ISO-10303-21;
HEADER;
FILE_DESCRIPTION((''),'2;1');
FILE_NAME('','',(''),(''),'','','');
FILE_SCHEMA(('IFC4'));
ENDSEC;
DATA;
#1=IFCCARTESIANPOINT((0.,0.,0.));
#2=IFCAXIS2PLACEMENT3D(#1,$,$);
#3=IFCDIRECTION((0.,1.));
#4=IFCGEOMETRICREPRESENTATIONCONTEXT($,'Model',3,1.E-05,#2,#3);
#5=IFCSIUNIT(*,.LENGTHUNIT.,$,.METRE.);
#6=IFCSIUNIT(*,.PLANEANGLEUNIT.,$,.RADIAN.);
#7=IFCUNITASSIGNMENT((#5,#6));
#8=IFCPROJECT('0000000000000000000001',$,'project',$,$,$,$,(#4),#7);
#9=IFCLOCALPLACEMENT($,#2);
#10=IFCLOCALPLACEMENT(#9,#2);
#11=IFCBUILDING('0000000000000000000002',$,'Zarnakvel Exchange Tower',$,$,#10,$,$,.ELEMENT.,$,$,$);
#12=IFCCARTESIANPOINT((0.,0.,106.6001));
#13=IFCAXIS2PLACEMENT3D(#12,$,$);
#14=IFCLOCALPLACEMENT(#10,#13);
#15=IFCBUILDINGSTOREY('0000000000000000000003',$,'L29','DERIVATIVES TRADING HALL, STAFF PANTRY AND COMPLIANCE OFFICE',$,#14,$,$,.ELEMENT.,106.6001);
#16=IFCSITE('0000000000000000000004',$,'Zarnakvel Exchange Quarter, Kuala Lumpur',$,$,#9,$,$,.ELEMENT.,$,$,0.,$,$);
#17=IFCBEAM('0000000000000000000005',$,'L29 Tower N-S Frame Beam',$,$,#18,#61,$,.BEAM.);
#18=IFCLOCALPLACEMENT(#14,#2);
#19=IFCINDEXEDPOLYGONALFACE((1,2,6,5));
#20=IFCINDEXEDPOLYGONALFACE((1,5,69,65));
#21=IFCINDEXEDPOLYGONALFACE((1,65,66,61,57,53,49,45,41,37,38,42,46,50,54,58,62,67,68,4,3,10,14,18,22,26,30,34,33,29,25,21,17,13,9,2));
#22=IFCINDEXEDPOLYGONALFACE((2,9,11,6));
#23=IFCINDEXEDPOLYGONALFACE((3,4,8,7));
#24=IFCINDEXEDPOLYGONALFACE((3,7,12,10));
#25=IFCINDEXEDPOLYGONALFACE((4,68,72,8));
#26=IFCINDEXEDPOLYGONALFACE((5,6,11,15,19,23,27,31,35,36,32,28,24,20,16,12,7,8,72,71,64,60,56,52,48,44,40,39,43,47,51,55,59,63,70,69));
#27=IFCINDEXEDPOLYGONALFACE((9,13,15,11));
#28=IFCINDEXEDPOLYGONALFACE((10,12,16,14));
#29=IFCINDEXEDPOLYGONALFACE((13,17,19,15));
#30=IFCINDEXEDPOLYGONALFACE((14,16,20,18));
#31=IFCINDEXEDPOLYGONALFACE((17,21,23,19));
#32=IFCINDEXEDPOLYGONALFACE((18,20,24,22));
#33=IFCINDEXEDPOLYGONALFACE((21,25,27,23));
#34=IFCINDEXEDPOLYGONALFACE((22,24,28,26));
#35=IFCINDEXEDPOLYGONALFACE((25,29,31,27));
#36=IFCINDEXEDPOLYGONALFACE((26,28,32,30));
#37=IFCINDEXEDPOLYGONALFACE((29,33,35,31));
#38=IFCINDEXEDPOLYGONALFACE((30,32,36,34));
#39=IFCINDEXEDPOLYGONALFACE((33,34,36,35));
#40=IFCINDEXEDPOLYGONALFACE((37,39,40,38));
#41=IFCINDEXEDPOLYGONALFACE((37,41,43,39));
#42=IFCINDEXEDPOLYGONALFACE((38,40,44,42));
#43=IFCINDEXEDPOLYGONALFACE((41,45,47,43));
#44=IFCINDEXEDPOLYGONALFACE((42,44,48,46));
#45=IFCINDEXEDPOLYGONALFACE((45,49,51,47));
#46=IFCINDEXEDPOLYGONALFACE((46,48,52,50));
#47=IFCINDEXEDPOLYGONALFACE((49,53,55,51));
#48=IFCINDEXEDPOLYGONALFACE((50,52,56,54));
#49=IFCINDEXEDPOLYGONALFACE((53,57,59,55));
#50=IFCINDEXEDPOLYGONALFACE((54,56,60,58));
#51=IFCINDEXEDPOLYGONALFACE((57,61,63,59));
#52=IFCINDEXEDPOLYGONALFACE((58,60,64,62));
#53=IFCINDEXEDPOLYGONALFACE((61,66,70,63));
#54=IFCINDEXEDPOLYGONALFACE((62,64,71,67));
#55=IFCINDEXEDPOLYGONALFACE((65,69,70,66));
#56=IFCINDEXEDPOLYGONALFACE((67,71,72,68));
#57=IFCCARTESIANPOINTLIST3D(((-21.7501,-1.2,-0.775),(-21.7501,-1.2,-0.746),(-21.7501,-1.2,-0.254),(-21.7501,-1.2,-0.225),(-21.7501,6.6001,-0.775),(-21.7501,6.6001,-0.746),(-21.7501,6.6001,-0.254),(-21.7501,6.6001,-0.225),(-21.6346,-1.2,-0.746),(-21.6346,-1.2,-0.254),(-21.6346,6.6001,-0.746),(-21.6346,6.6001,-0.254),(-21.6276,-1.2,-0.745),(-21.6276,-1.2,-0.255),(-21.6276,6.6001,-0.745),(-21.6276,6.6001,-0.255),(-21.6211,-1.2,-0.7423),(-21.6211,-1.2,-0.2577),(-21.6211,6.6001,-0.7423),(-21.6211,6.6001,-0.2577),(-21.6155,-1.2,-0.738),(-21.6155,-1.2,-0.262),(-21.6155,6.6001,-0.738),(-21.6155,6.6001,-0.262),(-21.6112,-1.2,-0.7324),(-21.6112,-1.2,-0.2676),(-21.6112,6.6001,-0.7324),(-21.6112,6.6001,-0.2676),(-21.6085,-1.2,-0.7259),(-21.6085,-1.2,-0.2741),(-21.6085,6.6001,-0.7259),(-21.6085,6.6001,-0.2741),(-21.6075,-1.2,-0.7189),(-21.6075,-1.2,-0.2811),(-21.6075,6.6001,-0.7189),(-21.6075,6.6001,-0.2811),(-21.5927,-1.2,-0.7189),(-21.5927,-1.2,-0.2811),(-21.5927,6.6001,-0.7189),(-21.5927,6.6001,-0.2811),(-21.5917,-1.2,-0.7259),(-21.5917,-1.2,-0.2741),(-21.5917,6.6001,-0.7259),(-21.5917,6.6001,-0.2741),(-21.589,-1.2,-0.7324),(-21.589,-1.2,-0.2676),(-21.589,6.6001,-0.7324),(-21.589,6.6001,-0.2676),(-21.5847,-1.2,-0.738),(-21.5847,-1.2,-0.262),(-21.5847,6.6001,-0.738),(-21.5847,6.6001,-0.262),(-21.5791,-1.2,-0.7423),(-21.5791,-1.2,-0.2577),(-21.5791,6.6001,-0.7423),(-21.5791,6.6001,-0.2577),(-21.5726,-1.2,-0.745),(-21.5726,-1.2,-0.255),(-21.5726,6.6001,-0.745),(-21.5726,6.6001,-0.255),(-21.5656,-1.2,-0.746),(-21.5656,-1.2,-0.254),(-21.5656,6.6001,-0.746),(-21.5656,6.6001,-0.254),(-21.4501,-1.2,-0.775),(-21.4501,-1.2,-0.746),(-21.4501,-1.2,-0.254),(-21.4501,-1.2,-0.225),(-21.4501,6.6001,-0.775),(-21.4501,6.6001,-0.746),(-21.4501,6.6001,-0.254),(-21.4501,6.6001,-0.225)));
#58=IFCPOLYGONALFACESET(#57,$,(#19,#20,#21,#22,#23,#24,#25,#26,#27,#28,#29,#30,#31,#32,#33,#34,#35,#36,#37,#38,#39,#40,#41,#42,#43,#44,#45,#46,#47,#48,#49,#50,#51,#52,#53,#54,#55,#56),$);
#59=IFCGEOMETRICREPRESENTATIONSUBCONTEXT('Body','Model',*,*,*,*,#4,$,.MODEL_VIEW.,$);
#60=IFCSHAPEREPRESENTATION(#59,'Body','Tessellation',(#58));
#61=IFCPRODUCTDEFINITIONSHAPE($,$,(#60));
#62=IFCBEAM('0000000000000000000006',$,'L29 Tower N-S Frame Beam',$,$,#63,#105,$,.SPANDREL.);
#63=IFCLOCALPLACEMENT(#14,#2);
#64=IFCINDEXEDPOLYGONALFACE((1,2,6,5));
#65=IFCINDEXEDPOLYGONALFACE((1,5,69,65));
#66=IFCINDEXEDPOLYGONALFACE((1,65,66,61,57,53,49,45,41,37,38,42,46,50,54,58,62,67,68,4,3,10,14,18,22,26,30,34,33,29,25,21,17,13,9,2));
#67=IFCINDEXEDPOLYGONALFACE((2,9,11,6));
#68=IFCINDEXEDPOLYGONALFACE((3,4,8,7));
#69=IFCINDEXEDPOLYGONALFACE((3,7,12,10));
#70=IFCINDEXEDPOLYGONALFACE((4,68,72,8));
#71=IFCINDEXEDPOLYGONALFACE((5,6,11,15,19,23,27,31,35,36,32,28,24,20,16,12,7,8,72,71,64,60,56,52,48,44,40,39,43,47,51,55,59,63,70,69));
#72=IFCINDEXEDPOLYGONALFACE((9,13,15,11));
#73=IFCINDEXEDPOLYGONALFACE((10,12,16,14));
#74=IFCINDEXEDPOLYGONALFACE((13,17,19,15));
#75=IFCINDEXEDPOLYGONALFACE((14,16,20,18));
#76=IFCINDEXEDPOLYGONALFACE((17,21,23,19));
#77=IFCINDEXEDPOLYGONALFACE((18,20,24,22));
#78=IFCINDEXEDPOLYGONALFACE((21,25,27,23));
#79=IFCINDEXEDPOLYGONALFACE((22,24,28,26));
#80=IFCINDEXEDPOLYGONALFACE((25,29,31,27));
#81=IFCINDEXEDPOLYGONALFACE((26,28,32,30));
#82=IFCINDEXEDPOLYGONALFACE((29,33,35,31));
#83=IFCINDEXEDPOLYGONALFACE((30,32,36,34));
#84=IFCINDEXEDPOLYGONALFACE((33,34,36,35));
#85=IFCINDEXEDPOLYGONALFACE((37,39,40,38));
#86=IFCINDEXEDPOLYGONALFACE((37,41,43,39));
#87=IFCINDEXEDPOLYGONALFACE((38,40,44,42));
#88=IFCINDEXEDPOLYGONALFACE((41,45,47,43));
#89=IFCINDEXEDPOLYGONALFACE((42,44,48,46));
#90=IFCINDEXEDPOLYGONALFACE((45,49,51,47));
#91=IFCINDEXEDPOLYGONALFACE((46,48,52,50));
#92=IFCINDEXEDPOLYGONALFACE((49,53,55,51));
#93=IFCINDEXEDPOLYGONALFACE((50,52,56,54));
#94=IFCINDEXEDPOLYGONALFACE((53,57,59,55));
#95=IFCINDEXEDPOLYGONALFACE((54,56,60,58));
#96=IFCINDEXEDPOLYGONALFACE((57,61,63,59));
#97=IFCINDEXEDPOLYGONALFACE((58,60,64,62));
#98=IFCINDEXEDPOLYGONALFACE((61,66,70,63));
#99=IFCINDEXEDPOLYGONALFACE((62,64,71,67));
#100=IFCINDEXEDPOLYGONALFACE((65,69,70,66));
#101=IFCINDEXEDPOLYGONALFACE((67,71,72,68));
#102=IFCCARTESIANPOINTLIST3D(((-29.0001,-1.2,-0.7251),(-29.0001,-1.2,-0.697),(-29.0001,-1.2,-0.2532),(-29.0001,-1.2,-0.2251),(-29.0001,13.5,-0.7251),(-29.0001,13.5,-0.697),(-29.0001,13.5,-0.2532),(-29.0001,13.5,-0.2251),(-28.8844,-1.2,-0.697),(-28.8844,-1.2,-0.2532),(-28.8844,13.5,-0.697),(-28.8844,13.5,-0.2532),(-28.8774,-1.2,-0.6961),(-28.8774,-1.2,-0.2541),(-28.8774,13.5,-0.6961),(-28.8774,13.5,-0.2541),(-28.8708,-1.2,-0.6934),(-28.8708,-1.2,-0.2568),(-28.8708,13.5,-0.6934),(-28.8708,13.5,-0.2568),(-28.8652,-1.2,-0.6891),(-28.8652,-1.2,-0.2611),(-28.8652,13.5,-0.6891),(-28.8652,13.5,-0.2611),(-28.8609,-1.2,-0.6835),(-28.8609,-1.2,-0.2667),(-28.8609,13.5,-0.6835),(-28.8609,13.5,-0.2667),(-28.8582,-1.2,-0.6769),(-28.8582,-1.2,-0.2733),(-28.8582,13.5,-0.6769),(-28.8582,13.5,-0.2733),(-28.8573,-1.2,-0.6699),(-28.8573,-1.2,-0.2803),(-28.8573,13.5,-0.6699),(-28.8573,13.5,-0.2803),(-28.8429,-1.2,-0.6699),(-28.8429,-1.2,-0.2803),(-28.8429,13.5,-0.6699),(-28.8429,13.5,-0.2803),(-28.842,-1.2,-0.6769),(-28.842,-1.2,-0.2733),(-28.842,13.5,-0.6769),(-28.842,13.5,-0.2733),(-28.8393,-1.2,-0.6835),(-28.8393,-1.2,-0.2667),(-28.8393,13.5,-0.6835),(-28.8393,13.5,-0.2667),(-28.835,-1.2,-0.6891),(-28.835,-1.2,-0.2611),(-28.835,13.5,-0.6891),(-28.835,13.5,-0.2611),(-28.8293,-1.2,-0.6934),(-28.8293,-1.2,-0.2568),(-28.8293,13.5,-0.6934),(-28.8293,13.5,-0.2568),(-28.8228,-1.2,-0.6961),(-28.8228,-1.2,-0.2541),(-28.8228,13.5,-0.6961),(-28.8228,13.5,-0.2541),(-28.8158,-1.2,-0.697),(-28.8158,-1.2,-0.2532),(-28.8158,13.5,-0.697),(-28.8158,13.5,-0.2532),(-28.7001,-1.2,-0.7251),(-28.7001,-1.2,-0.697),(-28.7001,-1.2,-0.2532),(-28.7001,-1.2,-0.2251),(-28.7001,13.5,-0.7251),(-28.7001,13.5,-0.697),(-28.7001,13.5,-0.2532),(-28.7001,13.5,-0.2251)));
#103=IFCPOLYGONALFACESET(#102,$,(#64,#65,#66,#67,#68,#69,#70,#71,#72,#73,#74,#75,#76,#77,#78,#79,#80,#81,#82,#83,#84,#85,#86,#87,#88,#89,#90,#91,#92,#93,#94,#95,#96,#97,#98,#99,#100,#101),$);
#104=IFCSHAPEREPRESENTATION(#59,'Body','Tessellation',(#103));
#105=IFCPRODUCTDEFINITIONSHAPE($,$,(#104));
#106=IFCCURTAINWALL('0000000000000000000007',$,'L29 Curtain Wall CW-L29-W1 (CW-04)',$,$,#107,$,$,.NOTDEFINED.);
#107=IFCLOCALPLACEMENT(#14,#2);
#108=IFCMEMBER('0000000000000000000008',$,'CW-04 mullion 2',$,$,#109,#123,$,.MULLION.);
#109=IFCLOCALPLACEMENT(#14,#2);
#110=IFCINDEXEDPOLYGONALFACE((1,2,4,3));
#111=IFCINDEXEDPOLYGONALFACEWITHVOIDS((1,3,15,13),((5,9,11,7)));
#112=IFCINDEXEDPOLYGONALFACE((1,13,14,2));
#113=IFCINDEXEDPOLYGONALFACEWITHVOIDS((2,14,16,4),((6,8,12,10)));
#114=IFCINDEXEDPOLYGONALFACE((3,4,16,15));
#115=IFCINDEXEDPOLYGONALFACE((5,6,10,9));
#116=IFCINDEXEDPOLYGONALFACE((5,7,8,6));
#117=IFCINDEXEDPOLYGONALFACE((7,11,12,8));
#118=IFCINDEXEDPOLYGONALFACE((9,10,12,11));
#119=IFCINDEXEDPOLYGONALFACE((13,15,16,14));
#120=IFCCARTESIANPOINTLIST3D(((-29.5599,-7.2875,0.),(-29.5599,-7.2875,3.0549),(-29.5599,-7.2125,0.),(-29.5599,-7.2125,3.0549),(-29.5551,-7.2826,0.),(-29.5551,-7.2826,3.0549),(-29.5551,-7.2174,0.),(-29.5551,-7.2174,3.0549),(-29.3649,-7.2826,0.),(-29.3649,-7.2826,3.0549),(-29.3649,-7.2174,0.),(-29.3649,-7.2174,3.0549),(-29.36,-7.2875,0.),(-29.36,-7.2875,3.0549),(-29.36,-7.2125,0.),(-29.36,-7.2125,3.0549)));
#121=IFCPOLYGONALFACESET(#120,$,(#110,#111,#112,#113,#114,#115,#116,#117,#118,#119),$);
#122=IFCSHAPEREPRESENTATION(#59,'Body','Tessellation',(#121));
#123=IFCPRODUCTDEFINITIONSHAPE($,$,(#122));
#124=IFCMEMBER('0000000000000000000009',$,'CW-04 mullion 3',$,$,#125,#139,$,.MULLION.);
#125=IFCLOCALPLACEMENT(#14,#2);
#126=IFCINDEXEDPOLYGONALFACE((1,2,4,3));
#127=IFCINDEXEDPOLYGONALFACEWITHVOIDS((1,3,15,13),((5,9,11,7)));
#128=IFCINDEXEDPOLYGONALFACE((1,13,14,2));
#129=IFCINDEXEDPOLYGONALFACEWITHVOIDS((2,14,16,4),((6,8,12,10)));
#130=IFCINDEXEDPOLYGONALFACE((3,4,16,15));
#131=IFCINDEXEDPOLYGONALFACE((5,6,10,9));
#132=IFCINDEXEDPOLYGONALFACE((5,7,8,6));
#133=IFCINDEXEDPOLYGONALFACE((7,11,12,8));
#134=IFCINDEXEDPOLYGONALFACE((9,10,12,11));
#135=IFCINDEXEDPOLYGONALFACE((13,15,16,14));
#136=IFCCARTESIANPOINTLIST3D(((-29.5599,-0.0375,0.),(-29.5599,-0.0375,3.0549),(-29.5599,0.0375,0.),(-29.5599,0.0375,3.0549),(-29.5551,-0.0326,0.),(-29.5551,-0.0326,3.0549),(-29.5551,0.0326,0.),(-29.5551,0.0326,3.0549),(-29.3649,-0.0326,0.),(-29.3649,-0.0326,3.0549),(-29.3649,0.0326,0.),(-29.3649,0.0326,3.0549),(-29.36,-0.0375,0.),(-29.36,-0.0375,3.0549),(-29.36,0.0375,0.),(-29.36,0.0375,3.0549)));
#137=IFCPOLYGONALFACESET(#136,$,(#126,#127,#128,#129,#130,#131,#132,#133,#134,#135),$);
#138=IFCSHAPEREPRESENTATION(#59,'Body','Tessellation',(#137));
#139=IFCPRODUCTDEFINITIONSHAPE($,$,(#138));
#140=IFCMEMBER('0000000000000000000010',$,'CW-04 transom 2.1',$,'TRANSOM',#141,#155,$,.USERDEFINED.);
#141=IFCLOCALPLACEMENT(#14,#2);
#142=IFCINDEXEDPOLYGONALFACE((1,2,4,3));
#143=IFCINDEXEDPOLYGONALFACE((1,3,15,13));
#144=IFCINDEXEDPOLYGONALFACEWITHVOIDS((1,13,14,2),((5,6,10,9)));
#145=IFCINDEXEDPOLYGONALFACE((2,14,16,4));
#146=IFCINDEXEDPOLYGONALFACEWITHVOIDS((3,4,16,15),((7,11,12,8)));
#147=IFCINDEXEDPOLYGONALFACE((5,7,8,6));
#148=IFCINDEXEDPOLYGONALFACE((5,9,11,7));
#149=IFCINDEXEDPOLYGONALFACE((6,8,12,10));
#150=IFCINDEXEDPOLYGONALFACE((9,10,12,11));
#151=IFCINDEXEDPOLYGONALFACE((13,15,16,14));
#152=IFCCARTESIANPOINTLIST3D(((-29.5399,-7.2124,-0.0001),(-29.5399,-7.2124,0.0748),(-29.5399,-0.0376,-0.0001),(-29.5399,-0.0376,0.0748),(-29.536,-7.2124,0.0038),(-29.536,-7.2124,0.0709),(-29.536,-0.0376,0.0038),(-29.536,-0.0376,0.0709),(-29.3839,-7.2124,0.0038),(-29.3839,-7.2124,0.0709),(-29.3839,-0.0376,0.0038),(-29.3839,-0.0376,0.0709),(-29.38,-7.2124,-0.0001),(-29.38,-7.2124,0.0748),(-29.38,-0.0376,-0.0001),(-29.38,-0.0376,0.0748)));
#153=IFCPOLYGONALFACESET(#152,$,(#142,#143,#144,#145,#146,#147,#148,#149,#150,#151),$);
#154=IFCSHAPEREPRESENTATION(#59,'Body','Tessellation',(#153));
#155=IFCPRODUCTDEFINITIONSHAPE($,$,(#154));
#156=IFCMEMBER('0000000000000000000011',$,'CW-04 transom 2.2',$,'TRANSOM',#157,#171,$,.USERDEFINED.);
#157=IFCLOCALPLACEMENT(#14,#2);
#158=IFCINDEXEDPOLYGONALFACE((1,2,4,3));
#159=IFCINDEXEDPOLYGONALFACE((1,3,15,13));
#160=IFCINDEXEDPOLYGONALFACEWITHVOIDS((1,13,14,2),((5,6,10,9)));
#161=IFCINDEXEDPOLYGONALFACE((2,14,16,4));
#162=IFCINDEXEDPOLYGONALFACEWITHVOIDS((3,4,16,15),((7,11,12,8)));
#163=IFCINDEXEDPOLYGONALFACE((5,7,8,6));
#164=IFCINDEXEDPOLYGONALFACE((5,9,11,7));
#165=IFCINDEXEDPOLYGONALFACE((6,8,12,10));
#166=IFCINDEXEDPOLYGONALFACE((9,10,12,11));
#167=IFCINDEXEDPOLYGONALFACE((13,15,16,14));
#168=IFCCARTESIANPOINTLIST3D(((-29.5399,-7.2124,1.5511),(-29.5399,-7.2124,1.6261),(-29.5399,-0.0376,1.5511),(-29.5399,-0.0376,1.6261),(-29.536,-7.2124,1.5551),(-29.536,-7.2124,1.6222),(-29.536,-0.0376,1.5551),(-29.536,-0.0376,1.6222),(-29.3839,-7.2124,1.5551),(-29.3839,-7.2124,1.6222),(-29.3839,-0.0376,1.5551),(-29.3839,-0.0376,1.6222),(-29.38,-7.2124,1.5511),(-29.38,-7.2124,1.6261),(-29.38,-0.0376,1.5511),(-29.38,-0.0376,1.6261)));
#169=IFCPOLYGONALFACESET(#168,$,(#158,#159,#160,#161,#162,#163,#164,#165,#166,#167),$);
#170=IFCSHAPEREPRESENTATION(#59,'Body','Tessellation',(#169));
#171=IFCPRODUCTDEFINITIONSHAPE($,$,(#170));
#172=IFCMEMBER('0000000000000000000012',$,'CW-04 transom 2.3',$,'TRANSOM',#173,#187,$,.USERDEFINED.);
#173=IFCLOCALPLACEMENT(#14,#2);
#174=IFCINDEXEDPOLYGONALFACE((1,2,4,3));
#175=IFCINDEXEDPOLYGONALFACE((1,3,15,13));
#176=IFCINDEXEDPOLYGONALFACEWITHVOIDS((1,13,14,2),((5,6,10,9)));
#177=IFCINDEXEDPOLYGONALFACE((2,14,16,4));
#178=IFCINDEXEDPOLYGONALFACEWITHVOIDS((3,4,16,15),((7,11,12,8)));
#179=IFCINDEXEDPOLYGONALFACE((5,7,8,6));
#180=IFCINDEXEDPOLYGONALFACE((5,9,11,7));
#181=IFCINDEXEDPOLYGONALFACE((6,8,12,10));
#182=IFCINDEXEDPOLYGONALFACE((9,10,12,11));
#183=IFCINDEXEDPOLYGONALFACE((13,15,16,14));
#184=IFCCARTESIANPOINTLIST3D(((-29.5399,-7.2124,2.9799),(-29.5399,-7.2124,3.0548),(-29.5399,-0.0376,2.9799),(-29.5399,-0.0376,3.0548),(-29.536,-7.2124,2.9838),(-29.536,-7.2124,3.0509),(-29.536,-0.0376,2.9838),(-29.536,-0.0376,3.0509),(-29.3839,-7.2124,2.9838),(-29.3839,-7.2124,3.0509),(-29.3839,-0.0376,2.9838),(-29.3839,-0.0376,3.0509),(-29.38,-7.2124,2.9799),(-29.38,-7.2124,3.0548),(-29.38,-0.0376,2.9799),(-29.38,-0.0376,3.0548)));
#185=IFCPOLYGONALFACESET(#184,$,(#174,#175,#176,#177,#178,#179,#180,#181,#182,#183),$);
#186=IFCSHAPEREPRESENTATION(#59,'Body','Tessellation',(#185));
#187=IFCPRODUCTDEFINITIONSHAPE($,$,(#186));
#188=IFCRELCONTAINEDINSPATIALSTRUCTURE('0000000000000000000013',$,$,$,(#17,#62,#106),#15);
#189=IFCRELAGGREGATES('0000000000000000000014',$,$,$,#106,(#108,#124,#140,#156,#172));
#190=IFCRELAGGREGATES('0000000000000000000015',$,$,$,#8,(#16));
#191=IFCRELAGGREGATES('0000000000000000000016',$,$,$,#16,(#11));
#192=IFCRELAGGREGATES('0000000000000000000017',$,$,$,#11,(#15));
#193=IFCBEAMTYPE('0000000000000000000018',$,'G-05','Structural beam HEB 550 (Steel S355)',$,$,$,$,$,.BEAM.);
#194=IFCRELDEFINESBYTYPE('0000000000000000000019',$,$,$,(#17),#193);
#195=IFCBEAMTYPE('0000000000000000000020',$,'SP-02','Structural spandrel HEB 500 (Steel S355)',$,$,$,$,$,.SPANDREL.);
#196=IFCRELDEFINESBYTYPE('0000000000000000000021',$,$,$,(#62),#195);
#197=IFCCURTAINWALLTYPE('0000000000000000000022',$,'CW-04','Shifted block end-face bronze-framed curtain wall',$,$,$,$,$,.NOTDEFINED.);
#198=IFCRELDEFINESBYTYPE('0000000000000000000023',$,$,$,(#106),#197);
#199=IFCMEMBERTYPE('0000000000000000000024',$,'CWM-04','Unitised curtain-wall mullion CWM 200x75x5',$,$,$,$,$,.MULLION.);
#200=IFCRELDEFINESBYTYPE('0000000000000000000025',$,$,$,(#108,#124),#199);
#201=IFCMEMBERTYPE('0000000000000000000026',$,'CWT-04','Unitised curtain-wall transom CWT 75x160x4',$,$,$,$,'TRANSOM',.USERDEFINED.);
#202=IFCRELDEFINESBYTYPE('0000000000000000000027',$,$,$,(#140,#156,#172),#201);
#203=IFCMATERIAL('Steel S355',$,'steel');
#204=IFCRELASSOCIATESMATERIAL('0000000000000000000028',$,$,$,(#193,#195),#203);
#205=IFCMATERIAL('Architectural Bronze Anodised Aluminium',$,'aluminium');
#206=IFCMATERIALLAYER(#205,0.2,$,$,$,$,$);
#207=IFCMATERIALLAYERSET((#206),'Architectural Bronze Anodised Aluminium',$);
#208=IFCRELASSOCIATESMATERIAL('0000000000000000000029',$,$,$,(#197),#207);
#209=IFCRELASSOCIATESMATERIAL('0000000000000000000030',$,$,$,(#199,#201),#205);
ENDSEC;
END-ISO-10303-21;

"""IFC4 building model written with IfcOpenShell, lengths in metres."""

from ifc_helpers import new_model, si_unit, direction, frame, origin, origin_2d, place, context, subcontext, project, spatial, hollow_rectangle, i_section, extrude, source, transform, mapped, material, layer, layer_set, material_profile, profile_set, type_object, element, aggregate, save


model = new_model("IFC4")

# Units and contexts
model_context = context("Model", 3, precision=1e-05, world=origin(), true_north=direction((0.0, 1.0)))
body_context = subcontext(model_context, "Body", "Model", "MODEL_VIEW")
ifc_project = project(units=[si_unit("LENGTHUNIT", "METRE"), si_unit("PLANEANGLEUNIT", "RADIAN")], contexts=[model_context])

# Site, building, storey
site_placement = place(None, origin())
site = spatial("IfcSite", under=ifc_project, at=site_placement, Name="Zarnakvel Exchange Quarter, Kuala Lumpur", CompositionType="ELEMENT", RefElevation=0.0)
building_placement = place(site_placement, origin())
building = spatial("IfcBuilding", under=site, at=building_placement, Name="Zarnakvel Exchange Tower", CompositionType="ELEMENT")
storey_placement = place(building_placement, frame((0.0, 0.0, 106.6001)))
storey = spatial("IfcBuildingStorey", under=building, at=storey_placement, Name="L29", Description="DERIVATIVES TRADING HALL, STAFF PANTRY AND COMPLIANCE OFFICE", CompositionType="ELEMENT", Elevation=106.6001)

# Shared definitions
ifc_material_1 = material(Name="Steel S355", Category="steel")

# Beams
ifc_material_profile_1 = material_profile(ifc_material_1, i_section(OverallWidth=0.3, OverallDepth=0.55, WebThickness=0.0149, FlangeThickness=0.0291, FilletRadius=0.0271, at=origin_2d()))
ifc_profile_set_1 = profile_set([ifc_material_profile_1], Name="Steel S355")
beam_type_1 = type_object("IfcBeamType", Name="G-05", Description="Structural beam HEB 550 (Steel S355)", PredefinedType="BEAM", material=ifc_profile_set_1)
beam_1_placement = place(storey_placement, frame((-21.6001, -1.2, -0.5), z_axis=(0.0, 1.0, 0.0), x_axis=(-1.0, 0.0, 0.0)))
element("IfcBeam", 1, at=beam_1_placement, inside=storey, type_object=beam_type_1, Name="L29 Tower N-S Frame Beam", PredefinedType="BEAM", context=body_context, shape_type="SweptSolid", body=[
    extrude(i_section(OverallWidth=0.3, OverallDepth=0.55, WebThickness=0.0149, FlangeThickness=0.0291, FilletRadius=0.0271, at=origin_2d()), origin(), (0.0, 0.0, 1.0), 7.8),
])
ifc_material_profile_2 = material_profile(ifc_material_1, i_section(OverallWidth=0.3, OverallDepth=0.5, WebThickness=0.0144, FlangeThickness=0.0281, FilletRadius=0.0271, at=origin_2d()))
ifc_profile_set_2 = profile_set([ifc_material_profile_2], Name="Steel S355")
beam_type_2 = type_object("IfcBeamType", Name="SP-02", Description="Structural spandrel HEB 500 (Steel S355)", PredefinedType="SPANDREL", material=ifc_profile_set_2)
beam_2_placement = place(storey_placement, frame((-28.8501, -1.2, -0.4751), z_axis=(0.0, 1.0, 0.0), x_axis=(-1.0, 0.0, 0.0)))
element("IfcBeam", 2, at=beam_2_placement, inside=storey, type_object=beam_type_2, Name="L29 Tower N-S Frame Beam", PredefinedType="SPANDREL", context=body_context, shape_type="SweptSolid", body=[
    extrude(i_section(OverallWidth=0.3, OverallDepth=0.5, WebThickness=0.0144, FlangeThickness=0.0281, FilletRadius=0.0271, at=origin_2d()), origin(), (0.0, 0.0, 1.0), 14.7),
])

# Curtain wall, members
ifc_material_2 = material(Name="Architectural Bronze Anodised Aluminium", Category="aluminium")
ifc_layer_1 = layer(ifc_material_2, 0.2)
ifc_layer_set_1 = layer_set([ifc_layer_1], Name="Architectural Bronze Anodised Aluminium")
curtain_wall_type = type_object("IfcCurtainWallType", Name="CW-04", Description="Shifted block end-face bronze-framed curtain wall", PredefinedType="NOTDEFINED", material=ifc_layer_set_1)
curtain_wall_placement = place(storey_placement, origin())
curtain_wall = element("IfcCurtainWall", 3, at=curtain_wall_placement, inside=storey, type_object=curtain_wall_type, Name="L29 Curtain Wall CW-L29-W1 (CW-04)", PredefinedType="NOTDEFINED")
ifc_material_profile_3 = material_profile(ifc_material_2, hollow_rectangle(XDim=0.2, YDim=0.075, WallThickness=0.0049, at=origin_2d()))
ifc_profile_set_3 = profile_set([ifc_material_profile_3], Name="Architectural Bronze Anodised Aluminium")
member_type_1 = type_object("IfcMemberType", Name="CWM-04", Description="Unitised curtain-wall mullion CWM 200x75x5", PredefinedType="MULLION", material=ifc_profile_set_3)
shared_shape_1 = source(origin(), body_context, "Body", "SweptSolid", [
    extrude(hollow_rectangle(XDim=0.2, YDim=0.075, WallThickness=0.0049, at=origin_2d()), origin(), (0.0, 0.0, 1.0), 3.0549),
])
member_1_placement = place(storey_placement, frame((-29.46, -7.25, 0.0), z_axis=(0.0, 0.0, 1.0), x_axis=(-1.0, 0.0, 0.0)))
member_1 = element("IfcMember", 4, at=member_1_placement, type_object=member_type_1, Name="CW-04 mullion 2", PredefinedType="MULLION", context=body_context, shape_type="MappedRepresentation", body=[
    mapped(shared_shape_1, transform((0.0, 0.0, 0.0), x_axis=(1.0, 0.0, 0.0), y_axis=(0.0, 1.0, 0.0), z_axis=(0.0, 0.0, 1.0), scale=1.0)),
])
member_2_placement = place(storey_placement, frame((-29.46, 0.0, 0.0), z_axis=(0.0, 0.0, 1.0), x_axis=(-1.0, 0.0, 0.0)))
member_2 = element("IfcMember", 5, at=member_2_placement, type_object=member_type_1, Name="CW-04 mullion 3", PredefinedType="MULLION", context=body_context, shape_type="MappedRepresentation", body=[
    mapped(shared_shape_1, transform((0.0, 0.0, 0.0), x_axis=(1.0, 0.0, 0.0), y_axis=(0.0, 1.0, 0.0), z_axis=(0.0, 0.0, 1.0), scale=1.0)),
])
ifc_material_profile_4 = material_profile(ifc_material_2, hollow_rectangle(XDim=0.1599, YDim=0.075, WallThickness=0.0039, at=origin_2d()))
ifc_profile_set_4 = profile_set([ifc_material_profile_4], Name="Architectural Bronze Anodised Aluminium")
member_type_2 = type_object("IfcMemberType", Name="CWT-04", Description="Unitised curtain-wall transom CWT 75x160x4", ElementType="TRANSOM", PredefinedType="USERDEFINED", material=ifc_profile_set_4)
shared_shape_2 = source(origin(), body_context, "Body", "SweptSolid", [
    extrude(hollow_rectangle(XDim=0.1599, YDim=0.075, WallThickness=0.0039, at=origin_2d()), origin(), (0.0, 0.0, 1.0), 7.1748),
])
member_3_placement = place(storey_placement, frame((-29.46, -7.2124, 0.0374), z_axis=(0.0, 1.0, 0.0), x_axis=(-1.0, 0.0, 0.0)))
member_3 = element("IfcMember", 6, at=member_3_placement, type_object=member_type_2, Name="CW-04 transom 2.1", ObjectType="TRANSOM", PredefinedType="USERDEFINED", context=body_context, shape_type="MappedRepresentation", body=[
    mapped(shared_shape_2, transform((0.0, 0.0, 0.0), x_axis=(1.0, 0.0, 0.0), y_axis=(0.0, 1.0, 0.0), z_axis=(0.0, 0.0, 1.0), scale=1.0)),
])
member_4_placement = place(storey_placement, frame((-29.46, -7.2124, 1.5886), z_axis=(0.0, 1.0, 0.0), x_axis=(-1.0, 0.0, 0.0)))
member_4 = element("IfcMember", 7, at=member_4_placement, type_object=member_type_2, Name="CW-04 transom 2.2", ObjectType="TRANSOM", PredefinedType="USERDEFINED", context=body_context, shape_type="MappedRepresentation", body=[
    mapped(shared_shape_2, transform((0.0, 0.0, 0.0), x_axis=(1.0, 0.0, 0.0), y_axis=(0.0, 1.0, 0.0), z_axis=(0.0, 0.0, 1.0), scale=1.0)),
])
member_5_placement = place(storey_placement, frame((-29.46, -7.2124, 3.0173), z_axis=(0.0, 1.0, 0.0), x_axis=(-1.0, 0.0, 0.0)))
member_5 = element("IfcMember", 8, at=member_5_placement, type_object=member_type_2, Name="CW-04 transom 2.3", ObjectType="TRANSOM", PredefinedType="USERDEFINED", context=body_context, shape_type="MappedRepresentation", body=[
    mapped(shared_shape_2, transform((0.0, 0.0, 0.0), x_axis=(1.0, 0.0, 0.0), y_axis=(0.0, 1.0, 0.0), z_axis=(0.0, 0.0, 1.0), scale=1.0)),
])
aggregate(curtain_wall, [member_1, member_2, member_3, member_4, member_5])

save(model, "model.ifc")
